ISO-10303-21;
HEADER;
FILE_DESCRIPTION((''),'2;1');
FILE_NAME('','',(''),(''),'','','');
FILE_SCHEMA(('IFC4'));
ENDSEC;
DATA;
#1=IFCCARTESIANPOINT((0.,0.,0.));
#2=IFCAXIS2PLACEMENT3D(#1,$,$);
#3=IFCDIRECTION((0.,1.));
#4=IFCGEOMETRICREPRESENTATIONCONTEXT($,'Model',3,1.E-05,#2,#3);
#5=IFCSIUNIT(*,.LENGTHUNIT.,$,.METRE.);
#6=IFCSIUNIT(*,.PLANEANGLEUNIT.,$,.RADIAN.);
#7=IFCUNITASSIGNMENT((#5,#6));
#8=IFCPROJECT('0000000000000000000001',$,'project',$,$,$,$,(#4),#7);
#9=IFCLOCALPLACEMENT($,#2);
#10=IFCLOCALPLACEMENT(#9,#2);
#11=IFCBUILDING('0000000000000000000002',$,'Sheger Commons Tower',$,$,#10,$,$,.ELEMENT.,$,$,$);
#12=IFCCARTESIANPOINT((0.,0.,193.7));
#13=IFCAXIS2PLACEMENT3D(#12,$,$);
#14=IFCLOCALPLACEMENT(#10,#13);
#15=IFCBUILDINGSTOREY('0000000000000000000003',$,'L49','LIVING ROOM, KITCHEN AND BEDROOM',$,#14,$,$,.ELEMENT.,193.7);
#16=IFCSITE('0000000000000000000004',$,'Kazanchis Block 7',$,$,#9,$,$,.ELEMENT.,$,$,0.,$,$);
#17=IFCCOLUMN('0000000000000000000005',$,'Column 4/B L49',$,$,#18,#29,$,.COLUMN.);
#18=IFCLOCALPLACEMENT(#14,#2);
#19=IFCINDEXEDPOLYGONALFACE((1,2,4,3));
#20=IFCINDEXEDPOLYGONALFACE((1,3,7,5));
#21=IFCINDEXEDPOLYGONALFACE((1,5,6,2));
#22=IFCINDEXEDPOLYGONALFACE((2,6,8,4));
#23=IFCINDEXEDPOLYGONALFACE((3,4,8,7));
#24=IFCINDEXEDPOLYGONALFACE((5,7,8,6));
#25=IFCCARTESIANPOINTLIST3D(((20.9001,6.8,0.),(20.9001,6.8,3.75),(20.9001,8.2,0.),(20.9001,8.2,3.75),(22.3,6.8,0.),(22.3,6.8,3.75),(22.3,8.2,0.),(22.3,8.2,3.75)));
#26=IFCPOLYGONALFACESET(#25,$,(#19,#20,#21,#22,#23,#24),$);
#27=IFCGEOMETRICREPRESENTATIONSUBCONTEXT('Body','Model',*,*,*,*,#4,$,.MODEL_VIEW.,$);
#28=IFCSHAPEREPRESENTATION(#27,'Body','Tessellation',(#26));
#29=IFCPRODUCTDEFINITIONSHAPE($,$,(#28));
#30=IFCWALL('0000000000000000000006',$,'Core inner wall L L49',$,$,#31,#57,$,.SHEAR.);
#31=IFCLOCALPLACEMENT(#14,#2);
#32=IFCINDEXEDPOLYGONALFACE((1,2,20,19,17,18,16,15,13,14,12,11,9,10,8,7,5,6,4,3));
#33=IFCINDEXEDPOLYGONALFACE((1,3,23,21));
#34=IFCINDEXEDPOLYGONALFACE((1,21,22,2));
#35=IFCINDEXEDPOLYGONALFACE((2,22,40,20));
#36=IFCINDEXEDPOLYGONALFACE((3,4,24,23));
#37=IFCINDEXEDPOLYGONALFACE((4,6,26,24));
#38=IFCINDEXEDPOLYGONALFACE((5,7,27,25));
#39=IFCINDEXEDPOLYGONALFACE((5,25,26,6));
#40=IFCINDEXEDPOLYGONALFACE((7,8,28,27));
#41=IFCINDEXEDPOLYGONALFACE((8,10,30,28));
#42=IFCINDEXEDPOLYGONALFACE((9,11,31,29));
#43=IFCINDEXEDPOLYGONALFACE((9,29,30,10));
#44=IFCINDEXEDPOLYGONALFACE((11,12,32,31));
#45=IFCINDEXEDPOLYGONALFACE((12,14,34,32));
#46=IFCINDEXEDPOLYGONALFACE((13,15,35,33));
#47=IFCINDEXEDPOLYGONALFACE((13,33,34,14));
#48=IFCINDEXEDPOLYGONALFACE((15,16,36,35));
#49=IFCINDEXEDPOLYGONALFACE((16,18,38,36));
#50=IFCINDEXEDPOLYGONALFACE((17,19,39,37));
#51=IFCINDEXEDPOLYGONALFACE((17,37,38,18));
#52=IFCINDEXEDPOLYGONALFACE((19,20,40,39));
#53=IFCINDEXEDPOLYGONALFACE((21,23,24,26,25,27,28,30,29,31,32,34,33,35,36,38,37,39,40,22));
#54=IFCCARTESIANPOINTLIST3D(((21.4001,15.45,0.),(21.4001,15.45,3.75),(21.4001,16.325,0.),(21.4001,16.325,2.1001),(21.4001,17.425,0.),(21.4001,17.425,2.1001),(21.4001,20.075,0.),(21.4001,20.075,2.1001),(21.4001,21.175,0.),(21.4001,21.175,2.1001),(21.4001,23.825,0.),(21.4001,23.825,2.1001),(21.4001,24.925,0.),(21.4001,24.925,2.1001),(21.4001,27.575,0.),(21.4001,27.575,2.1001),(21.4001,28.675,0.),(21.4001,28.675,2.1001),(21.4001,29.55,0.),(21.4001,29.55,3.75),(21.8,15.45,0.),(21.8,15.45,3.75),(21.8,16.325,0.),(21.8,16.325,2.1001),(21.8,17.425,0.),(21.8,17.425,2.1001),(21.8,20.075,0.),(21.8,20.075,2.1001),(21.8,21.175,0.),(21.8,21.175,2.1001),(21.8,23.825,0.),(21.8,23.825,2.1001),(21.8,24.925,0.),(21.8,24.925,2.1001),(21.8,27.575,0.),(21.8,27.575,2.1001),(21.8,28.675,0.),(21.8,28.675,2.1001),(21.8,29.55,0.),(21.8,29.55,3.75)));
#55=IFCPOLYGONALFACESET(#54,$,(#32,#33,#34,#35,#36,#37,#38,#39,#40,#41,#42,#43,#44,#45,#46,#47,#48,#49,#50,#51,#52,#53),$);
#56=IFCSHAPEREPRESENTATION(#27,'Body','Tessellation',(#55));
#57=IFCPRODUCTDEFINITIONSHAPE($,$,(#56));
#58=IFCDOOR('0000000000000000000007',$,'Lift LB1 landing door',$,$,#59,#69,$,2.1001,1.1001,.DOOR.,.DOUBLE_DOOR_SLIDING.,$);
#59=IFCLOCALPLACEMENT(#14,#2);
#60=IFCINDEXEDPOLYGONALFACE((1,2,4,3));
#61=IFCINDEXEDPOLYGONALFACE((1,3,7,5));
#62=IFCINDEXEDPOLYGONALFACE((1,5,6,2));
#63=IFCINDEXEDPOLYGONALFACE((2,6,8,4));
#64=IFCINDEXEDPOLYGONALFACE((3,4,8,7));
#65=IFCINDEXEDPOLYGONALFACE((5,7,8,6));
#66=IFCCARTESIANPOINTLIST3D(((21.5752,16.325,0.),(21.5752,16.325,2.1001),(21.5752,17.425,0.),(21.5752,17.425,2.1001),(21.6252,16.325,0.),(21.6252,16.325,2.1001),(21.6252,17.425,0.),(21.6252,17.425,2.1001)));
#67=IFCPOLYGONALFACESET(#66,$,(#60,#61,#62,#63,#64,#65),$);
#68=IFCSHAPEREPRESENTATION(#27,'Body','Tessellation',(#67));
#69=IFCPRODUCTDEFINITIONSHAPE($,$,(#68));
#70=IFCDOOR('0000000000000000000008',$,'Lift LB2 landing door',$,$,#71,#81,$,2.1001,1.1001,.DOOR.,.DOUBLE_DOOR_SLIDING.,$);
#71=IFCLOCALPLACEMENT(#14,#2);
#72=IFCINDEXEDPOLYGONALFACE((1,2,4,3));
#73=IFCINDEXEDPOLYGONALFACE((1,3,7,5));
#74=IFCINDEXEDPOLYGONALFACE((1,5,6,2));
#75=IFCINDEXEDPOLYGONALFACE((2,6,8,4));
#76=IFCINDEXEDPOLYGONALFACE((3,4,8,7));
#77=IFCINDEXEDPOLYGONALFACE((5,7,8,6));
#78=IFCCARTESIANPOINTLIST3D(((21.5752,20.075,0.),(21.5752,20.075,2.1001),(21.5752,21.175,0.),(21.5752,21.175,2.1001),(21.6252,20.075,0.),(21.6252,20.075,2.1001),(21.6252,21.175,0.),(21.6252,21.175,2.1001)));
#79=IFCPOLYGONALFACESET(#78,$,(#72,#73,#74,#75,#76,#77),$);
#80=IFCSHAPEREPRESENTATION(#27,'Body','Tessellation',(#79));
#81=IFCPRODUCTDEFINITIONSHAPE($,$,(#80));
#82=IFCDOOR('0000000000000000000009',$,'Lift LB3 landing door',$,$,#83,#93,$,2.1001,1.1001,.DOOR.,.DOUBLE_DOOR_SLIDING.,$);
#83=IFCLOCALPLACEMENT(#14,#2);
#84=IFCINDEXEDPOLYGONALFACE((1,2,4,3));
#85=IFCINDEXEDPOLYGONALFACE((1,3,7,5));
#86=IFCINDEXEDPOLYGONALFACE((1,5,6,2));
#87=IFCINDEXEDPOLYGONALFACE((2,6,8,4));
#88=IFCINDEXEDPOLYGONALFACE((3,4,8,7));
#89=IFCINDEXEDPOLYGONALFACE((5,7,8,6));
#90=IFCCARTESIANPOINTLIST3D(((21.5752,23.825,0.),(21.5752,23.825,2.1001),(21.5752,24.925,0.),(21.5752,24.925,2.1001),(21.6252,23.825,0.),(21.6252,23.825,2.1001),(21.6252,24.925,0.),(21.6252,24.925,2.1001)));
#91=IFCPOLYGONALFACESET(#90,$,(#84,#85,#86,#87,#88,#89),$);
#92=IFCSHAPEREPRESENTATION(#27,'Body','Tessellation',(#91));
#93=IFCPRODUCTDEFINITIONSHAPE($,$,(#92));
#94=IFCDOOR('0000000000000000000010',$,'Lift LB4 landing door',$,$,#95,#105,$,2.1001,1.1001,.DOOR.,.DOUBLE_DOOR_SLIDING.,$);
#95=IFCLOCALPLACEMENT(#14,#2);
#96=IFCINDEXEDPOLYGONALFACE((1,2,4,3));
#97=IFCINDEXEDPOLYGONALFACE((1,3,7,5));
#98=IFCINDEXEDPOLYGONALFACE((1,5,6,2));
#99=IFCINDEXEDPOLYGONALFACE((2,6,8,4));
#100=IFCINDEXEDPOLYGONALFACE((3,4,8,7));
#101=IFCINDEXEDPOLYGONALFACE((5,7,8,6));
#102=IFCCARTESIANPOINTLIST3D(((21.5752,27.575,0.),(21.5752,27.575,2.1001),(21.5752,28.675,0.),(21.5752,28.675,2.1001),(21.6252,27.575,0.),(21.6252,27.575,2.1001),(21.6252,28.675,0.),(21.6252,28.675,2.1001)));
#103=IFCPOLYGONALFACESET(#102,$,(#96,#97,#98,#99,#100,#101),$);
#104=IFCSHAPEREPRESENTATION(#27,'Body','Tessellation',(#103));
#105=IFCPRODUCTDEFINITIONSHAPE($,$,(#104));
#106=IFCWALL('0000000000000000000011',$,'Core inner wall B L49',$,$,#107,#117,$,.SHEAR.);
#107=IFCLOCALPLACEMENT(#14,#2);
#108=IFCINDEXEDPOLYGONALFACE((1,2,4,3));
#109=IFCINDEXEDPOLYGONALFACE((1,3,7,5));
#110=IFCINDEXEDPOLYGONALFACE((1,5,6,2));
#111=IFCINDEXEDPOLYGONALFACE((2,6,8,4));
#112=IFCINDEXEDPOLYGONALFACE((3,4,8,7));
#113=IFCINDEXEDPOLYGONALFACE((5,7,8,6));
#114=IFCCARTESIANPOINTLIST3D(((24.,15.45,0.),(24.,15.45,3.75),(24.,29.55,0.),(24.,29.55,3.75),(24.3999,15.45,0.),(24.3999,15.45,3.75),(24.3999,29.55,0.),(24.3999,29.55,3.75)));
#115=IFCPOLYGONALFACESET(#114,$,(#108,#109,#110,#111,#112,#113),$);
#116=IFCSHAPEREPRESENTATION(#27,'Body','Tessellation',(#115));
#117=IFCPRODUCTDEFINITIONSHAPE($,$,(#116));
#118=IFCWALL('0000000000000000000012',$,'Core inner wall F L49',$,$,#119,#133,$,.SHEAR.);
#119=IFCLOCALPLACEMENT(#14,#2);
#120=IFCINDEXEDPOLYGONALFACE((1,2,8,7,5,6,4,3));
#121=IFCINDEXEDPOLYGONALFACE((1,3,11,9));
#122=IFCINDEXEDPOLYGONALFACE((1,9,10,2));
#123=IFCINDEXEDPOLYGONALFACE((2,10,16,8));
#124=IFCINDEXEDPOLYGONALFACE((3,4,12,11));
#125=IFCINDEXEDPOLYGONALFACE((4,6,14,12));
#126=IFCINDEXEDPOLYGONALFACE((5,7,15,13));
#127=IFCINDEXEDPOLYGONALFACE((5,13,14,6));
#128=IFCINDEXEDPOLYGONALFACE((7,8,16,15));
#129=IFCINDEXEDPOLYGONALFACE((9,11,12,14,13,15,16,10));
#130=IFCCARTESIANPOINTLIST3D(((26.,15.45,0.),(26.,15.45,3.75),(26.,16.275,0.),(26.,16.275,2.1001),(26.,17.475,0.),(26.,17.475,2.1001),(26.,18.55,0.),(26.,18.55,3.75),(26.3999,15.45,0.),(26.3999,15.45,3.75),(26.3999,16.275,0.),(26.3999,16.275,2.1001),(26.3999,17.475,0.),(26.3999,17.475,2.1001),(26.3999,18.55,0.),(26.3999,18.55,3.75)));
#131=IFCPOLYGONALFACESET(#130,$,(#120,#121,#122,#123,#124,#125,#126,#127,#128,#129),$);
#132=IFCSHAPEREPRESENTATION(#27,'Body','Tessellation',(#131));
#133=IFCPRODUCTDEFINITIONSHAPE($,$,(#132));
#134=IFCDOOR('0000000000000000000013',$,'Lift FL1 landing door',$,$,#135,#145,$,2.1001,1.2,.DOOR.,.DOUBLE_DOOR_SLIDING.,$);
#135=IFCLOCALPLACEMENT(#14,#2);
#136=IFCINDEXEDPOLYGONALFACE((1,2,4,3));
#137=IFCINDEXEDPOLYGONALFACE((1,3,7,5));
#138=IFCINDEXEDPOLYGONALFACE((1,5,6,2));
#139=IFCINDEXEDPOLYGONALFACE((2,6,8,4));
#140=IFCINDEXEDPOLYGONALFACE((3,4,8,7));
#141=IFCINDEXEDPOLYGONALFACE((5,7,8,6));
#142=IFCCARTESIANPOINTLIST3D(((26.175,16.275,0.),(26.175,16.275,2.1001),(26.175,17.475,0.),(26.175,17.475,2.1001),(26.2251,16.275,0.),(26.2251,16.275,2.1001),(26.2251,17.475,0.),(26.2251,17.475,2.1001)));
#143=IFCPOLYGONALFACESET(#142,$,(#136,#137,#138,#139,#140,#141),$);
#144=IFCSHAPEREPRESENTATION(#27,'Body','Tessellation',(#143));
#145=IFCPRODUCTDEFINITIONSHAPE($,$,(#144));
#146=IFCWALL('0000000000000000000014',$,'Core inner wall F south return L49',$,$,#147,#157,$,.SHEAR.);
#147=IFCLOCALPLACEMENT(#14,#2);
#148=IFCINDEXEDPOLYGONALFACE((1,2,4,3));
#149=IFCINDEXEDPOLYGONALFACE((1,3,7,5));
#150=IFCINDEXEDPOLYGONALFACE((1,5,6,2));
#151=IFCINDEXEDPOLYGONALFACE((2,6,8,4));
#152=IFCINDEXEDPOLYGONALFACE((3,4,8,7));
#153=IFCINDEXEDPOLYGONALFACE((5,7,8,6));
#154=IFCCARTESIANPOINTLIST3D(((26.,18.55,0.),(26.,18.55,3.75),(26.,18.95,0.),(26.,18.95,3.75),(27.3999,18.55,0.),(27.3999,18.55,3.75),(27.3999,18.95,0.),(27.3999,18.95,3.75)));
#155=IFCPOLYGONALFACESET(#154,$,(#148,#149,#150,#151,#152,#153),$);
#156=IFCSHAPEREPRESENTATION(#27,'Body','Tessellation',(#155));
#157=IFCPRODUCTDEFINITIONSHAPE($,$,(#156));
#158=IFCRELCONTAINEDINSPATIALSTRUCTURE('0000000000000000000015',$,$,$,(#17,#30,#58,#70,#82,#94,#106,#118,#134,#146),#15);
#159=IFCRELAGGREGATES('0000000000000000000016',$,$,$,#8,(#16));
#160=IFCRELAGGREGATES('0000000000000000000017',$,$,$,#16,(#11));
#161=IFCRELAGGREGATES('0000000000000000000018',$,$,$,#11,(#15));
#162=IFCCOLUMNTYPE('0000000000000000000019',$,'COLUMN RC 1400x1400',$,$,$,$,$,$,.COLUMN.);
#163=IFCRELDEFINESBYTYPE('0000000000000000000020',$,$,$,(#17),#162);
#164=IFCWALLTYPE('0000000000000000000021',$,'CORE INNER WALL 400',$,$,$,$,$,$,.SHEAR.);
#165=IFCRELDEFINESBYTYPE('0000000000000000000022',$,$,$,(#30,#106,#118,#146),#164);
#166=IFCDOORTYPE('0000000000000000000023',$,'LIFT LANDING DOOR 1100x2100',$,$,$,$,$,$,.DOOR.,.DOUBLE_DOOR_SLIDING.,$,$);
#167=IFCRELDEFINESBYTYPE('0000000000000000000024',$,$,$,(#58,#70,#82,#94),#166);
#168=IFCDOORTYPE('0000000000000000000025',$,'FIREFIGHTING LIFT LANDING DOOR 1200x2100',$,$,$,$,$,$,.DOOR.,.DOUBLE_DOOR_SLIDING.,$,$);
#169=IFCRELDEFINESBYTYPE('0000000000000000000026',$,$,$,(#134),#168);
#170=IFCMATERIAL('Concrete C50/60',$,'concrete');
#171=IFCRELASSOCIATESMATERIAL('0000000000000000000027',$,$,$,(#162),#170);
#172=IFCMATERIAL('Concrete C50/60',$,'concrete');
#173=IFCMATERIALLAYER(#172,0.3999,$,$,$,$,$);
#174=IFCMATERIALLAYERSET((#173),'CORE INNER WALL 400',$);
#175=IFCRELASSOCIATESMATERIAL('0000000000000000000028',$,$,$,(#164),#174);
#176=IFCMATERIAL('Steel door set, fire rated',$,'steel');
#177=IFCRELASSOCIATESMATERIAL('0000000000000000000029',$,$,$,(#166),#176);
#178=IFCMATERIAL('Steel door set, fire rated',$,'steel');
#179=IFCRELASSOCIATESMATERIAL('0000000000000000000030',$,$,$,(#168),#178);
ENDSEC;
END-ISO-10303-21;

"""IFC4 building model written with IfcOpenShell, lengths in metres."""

from ifc_helpers import new_model, si_unit, direction, frame, frame_2d, origin, origin_2d, place, context, subcontext, project, spatial, rectangle, extrude, material, layer, layer_set, material_profile, profile_set, type_object, element, fill, save


model = new_model("IFC4")

# Units and contexts
model_context = context("Model", 3, precision=1e-05, world=origin(), true_north=direction((0.0, 1.0)))
body_context = subcontext(model_context, "Body", "Model", "MODEL_VIEW")
ifc_project = project(units=[si_unit("LENGTHUNIT", "METRE"), si_unit("PLANEANGLEUNIT", "RADIAN")], contexts=[model_context])

# Site, building, storey
site_placement = place(None, origin())
site = spatial("IfcSite", under=ifc_project, at=site_placement, Name="Kazanchis Block 7", CompositionType="ELEMENT", RefElevation=0.0)
building_placement = place(site_placement, origin())
building = spatial("IfcBuilding", under=site, at=building_placement, Name="Sheger Commons Tower", CompositionType="ELEMENT")
storey_placement = place(building_placement, frame((0.0, 0.0, 193.7)))
storey = spatial("IfcBuildingStorey", under=building, at=storey_placement, Name="L49", Description="LIVING ROOM, KITCHEN AND BEDROOM", CompositionType="ELEMENT", Elevation=193.7)

# Column
ifc_material_1 = material(Name="Concrete C50/60", Category="concrete")
ifc_material_profile = material_profile(ifc_material_1, rectangle(XDim=1.3999, YDim=1.3999, at=origin_2d()), Name="RC 1400x1400")
ifc_profile_set = profile_set([ifc_material_profile], Name="Concrete C50/60")
column_type = type_object("IfcColumnType", Name="COLUMN RC 1400x1400", PredefinedType="COLUMN", material=ifc_profile_set)
column_placement = place(storey_placement, frame((21.6001, 7.5, 0.0), z_axis=(0.0, 0.0, 1.0), x_axis=(1.0, 0.0, 0.0)))
element("IfcColumn", 1, at=column_placement, inside=storey, type_object=column_type, Name="Column 4/B L49", PredefinedType="COLUMN", context=body_context, shape_type="SweptSolid", body=[
    extrude(rectangle(XDim=1.3999, YDim=1.3999, at=origin_2d()), origin(), (0.0, 0.0, 1.0), 3.75),
])

# Wall, openings, doors
ifc_material_2 = material(Name="Concrete C50/60", Category="concrete")
ifc_layer_1 = layer(ifc_material_2, 0.3999)
ifc_layer_set_1 = layer_set([ifc_layer_1], Name="CORE INNER WALL 400")
wall_type_1 = type_object("IfcWallType", Name="CORE INNER WALL 400", PredefinedType="SHEAR", material=ifc_layer_set_1)
wall_1_placement = place(storey_placement, frame((21.6001, 15.45, 0.0), z_axis=(0.0, 0.0, 1.0), x_axis=(0.0, 1.0, 0.0)))
wall_1 = element("IfcWall", 2, at=wall_1_placement, inside=storey, type_object=wall_type_1, Name="Core inner wall L L49", PredefinedType="SHEAR", context=body_context, shape_type="SweptSolid", body=[
    extrude(rectangle(XDim=14.1001, YDim=0.3999, at=frame_2d((7.05, 0.0))), origin(), (0.0, 0.0, 1.0), 3.75),
])
opening_1_placement = place(wall_1_placement, frame((0.875, 0.0, 0.0)))
opening_1 = element("IfcOpeningElement", 3, at=opening_1_placement, cuts=wall_1, PredefinedType="OPENING", context=body_context, shape_type="SweptSolid", body=[
    extrude(rectangle(XDim=1.1001, YDim=2.1001, at=frame_2d((0.55, 1.05))), frame((0.0, 0.21, 0.0), z_axis=(0.0, -1.0, 0.0), x_axis=(1.0, 0.0, 0.0)), (0.0, 0.0, 1.0), 0.4199),
])
opening_2_placement = place(wall_1_placement, frame((4.625, 0.0, 0.0)))
opening_2 = element("IfcOpeningElement", 4, at=opening_2_placement, cuts=wall_1, PredefinedType="OPENING", context=body_context, shape_type="SweptSolid", body=[
    extrude(rectangle(XDim=1.1001, YDim=2.1001, at=frame_2d((0.55, 1.05))), frame((0.0, 0.21, 0.0), z_axis=(0.0, -1.0, 0.0), x_axis=(1.0, 0.0, 0.0)), (0.0, 0.0, 1.0), 0.4199),
])
opening_3_placement = place(wall_1_placement, frame((8.375, 0.0, 0.0)))
opening_3 = element("IfcOpeningElement", 5, at=opening_3_placement, cuts=wall_1, PredefinedType="OPENING", context=body_context, shape_type="SweptSolid", body=[
    extrude(rectangle(XDim=1.1001, YDim=2.1001, at=frame_2d((0.55, 1.05))), frame((0.0, 0.21, 0.0), z_axis=(0.0, -1.0, 0.0), x_axis=(1.0, 0.0, 0.0)), (0.0, 0.0, 1.0), 0.4199),
])
opening_4_placement = place(wall_1_placement, frame((12.125, 0.0, 0.0)))
opening_4 = element("IfcOpeningElement", 6, at=opening_4_placement, cuts=wall_1, PredefinedType="OPENING", context=body_context, shape_type="SweptSolid", body=[
    extrude(rectangle(XDim=1.1001, YDim=2.1001, at=frame_2d((0.55, 1.05))), frame((0.0, 0.21, 0.0), z_axis=(0.0, -1.0, 0.0), x_axis=(1.0, 0.0, 0.0)), (0.0, 0.0, 1.0), 0.4199),
])
ifc_material_3 = material(Name="Steel door set, fire rated", Category="steel")
door_type_1 = type_object("IfcDoorType", Name="LIFT LANDING DOOR 1100x2100", OperationType="DOUBLE_DOOR_SLIDING", PredefinedType="DOOR", material=ifc_material_3)
door_1_placement = place(opening_1_placement, origin())
door_1 = element("IfcDoor", 7, at=door_1_placement, inside=storey, type_object=door_type_1, Name="Lift LB1 landing door", OperationType="DOUBLE_DOOR_SLIDING", OverallHeight=2.1001, OverallWidth=1.1001, PredefinedType="DOOR", context=body_context, shape_type="SweptSolid", body=[
    extrude(rectangle(XDim=1.1001, YDim=2.1001, at=frame_2d((0.55, 1.05))), frame((0.0, 0.0249, 0.0), z_axis=(0.0, -1.0, 0.0), x_axis=(1.0, 0.0, 0.0)), (0.0, 0.0, 1.0), 0.05),
])
fill(opening_1, door_1)
door_2_placement = place(opening_2_placement, origin())
door_2 = element("IfcDoor", 8, at=door_2_placement, inside=storey, type_object=door_type_1, Name="Lift LB2 landing door", OperationType="DOUBLE_DOOR_SLIDING", OverallHeight=2.1001, OverallWidth=1.1001, PredefinedType="DOOR", context=body_context, shape_type="SweptSolid", body=[
    extrude(rectangle(XDim=1.1001, YDim=2.1001, at=frame_2d((0.55, 1.05))), frame((0.0, 0.0249, 0.0), z_axis=(0.0, -1.0, 0.0), x_axis=(1.0, 0.0, 0.0)), (0.0, 0.0, 1.0), 0.05),
])
fill(opening_2, door_2)
door_3_placement = place(opening_3_placement, origin())
door_3 = element("IfcDoor", 9, at=door_3_placement, inside=storey, type_object=door_type_1, Name="Lift LB3 landing door", OperationType="DOUBLE_DOOR_SLIDING", OverallHeight=2.1001, OverallWidth=1.1001, PredefinedType="DOOR", context=body_context, shape_type="SweptSolid", body=[
    extrude(rectangle(XDim=1.1001, YDim=2.1001, at=frame_2d((0.55, 1.05))), frame((0.0, 0.0249, 0.0), z_axis=(0.0, -1.0, 0.0), x_axis=(1.0, 0.0, 0.0)), (0.0, 0.0, 1.0), 0.05),
])
fill(opening_3, door_3)
door_4_placement = place(opening_4_placement, origin())
door_4 = element("IfcDoor", 10, at=door_4_placement, inside=storey, type_object=door_type_1, Name="Lift LB4 landing door", OperationType="DOUBLE_DOOR_SLIDING", OverallHeight=2.1001, OverallWidth=1.1001, PredefinedType="DOOR", context=body_context, shape_type="SweptSolid", body=[
    extrude(rectangle(XDim=1.1001, YDim=2.1001, at=frame_2d((0.55, 1.05))), frame((0.0, 0.0249, 0.0), z_axis=(0.0, -1.0, 0.0), x_axis=(1.0, 0.0, 0.0)), (0.0, 0.0, 1.0), 0.05),
])
fill(opening_4, door_4)

# Wall
wall_2_placement = place(storey_placement, frame((24.2, 15.45, 0.0), z_axis=(0.0, 0.0, 1.0), x_axis=(0.0, 1.0, 0.0)))
element("IfcWall", 11, at=wall_2_placement, inside=storey, type_object=wall_type_1, Name="Core inner wall B L49", PredefinedType="SHEAR", context=body_context, shape_type="SweptSolid", body=[
    extrude(rectangle(XDim=14.1001, YDim=0.3999, at=frame_2d((7.05, 0.0))), origin(), (0.0, 0.0, 1.0), 3.75),
])

# Wall, opening, door
wall_3_placement = place(storey_placement, frame((26.2, 15.45, 0.0), z_axis=(0.0, 0.0, 1.0), x_axis=(0.0, 1.0, 0.0)))
wall_3 = element("IfcWall", 12, at=wall_3_placement, inside=storey, type_object=wall_type_1, Name="Core inner wall F L49", PredefinedType="SHEAR", context=body_context, shape_type="SweptSolid", body=[
    extrude(rectangle(XDim=3.1001, YDim=0.3999, at=frame_2d((1.55, 0.0))), origin(), (0.0, 0.0, 1.0), 3.75),
])
opening_5_placement = place(wall_3_placement, frame((0.825, 0.0, 0.0)))
opening_5 = element("IfcOpeningElement", 13, at=opening_5_placement, cuts=wall_3, PredefinedType="OPENING", context=body_context, shape_type="SweptSolid", body=[
    extrude(rectangle(XDim=1.2, YDim=2.1001, at=frame_2d((0.6001, 1.05))), frame((0.0, 0.21, 0.0), z_axis=(0.0, -1.0, 0.0), x_axis=(1.0, 0.0, 0.0)), (0.0, 0.0, 1.0), 0.4199),
])
ifc_material_4 = material(Name="Steel door set, fire rated", Category="steel")
door_type_2 = type_object("IfcDoorType", Name="FIREFIGHTING LIFT LANDING DOOR 1200x2100", OperationType="DOUBLE_DOOR_SLIDING", PredefinedType="DOOR", material=ifc_material_4)
door_5_placement = place(opening_5_placement, origin())
door_5 = element("IfcDoor", 14, at=door_5_placement, inside=storey, type_object=door_type_2, Name="Lift FL1 landing door", OperationType="DOUBLE_DOOR_SLIDING", OverallHeight=2.1001, OverallWidth=1.2, PredefinedType="DOOR", context=body_context, shape_type="SweptSolid", body=[
    extrude(rectangle(XDim=1.2, YDim=2.1001, at=frame_2d((0.6001, 1.05))), frame((0.0, 0.0249, 0.0), z_axis=(0.0, -1.0, 0.0), x_axis=(1.0, 0.0, 0.0)), (0.0, 0.0, 1.0), 0.05),
])
fill(opening_5, door_5)

# Wall
wall_4_placement = place(storey_placement, frame((26.0, 18.75, 0.0), z_axis=(0.0, 0.0, 1.0), x_axis=(1.0, 0.0, 0.0)))
element("IfcWall", 15, at=wall_4_placement, inside=storey, type_object=wall_type_1, Name="Core inner wall F south return L49", PredefinedType="SHEAR", context=body_context, shape_type="SweptSolid", body=[
    extrude(rectangle(XDim=1.3999, YDim=0.3999, at=frame_2d((0.7, 0.0))), origin(), (0.0, 0.0, 1.0), 3.75),
])

save(model, "model.ifc")
